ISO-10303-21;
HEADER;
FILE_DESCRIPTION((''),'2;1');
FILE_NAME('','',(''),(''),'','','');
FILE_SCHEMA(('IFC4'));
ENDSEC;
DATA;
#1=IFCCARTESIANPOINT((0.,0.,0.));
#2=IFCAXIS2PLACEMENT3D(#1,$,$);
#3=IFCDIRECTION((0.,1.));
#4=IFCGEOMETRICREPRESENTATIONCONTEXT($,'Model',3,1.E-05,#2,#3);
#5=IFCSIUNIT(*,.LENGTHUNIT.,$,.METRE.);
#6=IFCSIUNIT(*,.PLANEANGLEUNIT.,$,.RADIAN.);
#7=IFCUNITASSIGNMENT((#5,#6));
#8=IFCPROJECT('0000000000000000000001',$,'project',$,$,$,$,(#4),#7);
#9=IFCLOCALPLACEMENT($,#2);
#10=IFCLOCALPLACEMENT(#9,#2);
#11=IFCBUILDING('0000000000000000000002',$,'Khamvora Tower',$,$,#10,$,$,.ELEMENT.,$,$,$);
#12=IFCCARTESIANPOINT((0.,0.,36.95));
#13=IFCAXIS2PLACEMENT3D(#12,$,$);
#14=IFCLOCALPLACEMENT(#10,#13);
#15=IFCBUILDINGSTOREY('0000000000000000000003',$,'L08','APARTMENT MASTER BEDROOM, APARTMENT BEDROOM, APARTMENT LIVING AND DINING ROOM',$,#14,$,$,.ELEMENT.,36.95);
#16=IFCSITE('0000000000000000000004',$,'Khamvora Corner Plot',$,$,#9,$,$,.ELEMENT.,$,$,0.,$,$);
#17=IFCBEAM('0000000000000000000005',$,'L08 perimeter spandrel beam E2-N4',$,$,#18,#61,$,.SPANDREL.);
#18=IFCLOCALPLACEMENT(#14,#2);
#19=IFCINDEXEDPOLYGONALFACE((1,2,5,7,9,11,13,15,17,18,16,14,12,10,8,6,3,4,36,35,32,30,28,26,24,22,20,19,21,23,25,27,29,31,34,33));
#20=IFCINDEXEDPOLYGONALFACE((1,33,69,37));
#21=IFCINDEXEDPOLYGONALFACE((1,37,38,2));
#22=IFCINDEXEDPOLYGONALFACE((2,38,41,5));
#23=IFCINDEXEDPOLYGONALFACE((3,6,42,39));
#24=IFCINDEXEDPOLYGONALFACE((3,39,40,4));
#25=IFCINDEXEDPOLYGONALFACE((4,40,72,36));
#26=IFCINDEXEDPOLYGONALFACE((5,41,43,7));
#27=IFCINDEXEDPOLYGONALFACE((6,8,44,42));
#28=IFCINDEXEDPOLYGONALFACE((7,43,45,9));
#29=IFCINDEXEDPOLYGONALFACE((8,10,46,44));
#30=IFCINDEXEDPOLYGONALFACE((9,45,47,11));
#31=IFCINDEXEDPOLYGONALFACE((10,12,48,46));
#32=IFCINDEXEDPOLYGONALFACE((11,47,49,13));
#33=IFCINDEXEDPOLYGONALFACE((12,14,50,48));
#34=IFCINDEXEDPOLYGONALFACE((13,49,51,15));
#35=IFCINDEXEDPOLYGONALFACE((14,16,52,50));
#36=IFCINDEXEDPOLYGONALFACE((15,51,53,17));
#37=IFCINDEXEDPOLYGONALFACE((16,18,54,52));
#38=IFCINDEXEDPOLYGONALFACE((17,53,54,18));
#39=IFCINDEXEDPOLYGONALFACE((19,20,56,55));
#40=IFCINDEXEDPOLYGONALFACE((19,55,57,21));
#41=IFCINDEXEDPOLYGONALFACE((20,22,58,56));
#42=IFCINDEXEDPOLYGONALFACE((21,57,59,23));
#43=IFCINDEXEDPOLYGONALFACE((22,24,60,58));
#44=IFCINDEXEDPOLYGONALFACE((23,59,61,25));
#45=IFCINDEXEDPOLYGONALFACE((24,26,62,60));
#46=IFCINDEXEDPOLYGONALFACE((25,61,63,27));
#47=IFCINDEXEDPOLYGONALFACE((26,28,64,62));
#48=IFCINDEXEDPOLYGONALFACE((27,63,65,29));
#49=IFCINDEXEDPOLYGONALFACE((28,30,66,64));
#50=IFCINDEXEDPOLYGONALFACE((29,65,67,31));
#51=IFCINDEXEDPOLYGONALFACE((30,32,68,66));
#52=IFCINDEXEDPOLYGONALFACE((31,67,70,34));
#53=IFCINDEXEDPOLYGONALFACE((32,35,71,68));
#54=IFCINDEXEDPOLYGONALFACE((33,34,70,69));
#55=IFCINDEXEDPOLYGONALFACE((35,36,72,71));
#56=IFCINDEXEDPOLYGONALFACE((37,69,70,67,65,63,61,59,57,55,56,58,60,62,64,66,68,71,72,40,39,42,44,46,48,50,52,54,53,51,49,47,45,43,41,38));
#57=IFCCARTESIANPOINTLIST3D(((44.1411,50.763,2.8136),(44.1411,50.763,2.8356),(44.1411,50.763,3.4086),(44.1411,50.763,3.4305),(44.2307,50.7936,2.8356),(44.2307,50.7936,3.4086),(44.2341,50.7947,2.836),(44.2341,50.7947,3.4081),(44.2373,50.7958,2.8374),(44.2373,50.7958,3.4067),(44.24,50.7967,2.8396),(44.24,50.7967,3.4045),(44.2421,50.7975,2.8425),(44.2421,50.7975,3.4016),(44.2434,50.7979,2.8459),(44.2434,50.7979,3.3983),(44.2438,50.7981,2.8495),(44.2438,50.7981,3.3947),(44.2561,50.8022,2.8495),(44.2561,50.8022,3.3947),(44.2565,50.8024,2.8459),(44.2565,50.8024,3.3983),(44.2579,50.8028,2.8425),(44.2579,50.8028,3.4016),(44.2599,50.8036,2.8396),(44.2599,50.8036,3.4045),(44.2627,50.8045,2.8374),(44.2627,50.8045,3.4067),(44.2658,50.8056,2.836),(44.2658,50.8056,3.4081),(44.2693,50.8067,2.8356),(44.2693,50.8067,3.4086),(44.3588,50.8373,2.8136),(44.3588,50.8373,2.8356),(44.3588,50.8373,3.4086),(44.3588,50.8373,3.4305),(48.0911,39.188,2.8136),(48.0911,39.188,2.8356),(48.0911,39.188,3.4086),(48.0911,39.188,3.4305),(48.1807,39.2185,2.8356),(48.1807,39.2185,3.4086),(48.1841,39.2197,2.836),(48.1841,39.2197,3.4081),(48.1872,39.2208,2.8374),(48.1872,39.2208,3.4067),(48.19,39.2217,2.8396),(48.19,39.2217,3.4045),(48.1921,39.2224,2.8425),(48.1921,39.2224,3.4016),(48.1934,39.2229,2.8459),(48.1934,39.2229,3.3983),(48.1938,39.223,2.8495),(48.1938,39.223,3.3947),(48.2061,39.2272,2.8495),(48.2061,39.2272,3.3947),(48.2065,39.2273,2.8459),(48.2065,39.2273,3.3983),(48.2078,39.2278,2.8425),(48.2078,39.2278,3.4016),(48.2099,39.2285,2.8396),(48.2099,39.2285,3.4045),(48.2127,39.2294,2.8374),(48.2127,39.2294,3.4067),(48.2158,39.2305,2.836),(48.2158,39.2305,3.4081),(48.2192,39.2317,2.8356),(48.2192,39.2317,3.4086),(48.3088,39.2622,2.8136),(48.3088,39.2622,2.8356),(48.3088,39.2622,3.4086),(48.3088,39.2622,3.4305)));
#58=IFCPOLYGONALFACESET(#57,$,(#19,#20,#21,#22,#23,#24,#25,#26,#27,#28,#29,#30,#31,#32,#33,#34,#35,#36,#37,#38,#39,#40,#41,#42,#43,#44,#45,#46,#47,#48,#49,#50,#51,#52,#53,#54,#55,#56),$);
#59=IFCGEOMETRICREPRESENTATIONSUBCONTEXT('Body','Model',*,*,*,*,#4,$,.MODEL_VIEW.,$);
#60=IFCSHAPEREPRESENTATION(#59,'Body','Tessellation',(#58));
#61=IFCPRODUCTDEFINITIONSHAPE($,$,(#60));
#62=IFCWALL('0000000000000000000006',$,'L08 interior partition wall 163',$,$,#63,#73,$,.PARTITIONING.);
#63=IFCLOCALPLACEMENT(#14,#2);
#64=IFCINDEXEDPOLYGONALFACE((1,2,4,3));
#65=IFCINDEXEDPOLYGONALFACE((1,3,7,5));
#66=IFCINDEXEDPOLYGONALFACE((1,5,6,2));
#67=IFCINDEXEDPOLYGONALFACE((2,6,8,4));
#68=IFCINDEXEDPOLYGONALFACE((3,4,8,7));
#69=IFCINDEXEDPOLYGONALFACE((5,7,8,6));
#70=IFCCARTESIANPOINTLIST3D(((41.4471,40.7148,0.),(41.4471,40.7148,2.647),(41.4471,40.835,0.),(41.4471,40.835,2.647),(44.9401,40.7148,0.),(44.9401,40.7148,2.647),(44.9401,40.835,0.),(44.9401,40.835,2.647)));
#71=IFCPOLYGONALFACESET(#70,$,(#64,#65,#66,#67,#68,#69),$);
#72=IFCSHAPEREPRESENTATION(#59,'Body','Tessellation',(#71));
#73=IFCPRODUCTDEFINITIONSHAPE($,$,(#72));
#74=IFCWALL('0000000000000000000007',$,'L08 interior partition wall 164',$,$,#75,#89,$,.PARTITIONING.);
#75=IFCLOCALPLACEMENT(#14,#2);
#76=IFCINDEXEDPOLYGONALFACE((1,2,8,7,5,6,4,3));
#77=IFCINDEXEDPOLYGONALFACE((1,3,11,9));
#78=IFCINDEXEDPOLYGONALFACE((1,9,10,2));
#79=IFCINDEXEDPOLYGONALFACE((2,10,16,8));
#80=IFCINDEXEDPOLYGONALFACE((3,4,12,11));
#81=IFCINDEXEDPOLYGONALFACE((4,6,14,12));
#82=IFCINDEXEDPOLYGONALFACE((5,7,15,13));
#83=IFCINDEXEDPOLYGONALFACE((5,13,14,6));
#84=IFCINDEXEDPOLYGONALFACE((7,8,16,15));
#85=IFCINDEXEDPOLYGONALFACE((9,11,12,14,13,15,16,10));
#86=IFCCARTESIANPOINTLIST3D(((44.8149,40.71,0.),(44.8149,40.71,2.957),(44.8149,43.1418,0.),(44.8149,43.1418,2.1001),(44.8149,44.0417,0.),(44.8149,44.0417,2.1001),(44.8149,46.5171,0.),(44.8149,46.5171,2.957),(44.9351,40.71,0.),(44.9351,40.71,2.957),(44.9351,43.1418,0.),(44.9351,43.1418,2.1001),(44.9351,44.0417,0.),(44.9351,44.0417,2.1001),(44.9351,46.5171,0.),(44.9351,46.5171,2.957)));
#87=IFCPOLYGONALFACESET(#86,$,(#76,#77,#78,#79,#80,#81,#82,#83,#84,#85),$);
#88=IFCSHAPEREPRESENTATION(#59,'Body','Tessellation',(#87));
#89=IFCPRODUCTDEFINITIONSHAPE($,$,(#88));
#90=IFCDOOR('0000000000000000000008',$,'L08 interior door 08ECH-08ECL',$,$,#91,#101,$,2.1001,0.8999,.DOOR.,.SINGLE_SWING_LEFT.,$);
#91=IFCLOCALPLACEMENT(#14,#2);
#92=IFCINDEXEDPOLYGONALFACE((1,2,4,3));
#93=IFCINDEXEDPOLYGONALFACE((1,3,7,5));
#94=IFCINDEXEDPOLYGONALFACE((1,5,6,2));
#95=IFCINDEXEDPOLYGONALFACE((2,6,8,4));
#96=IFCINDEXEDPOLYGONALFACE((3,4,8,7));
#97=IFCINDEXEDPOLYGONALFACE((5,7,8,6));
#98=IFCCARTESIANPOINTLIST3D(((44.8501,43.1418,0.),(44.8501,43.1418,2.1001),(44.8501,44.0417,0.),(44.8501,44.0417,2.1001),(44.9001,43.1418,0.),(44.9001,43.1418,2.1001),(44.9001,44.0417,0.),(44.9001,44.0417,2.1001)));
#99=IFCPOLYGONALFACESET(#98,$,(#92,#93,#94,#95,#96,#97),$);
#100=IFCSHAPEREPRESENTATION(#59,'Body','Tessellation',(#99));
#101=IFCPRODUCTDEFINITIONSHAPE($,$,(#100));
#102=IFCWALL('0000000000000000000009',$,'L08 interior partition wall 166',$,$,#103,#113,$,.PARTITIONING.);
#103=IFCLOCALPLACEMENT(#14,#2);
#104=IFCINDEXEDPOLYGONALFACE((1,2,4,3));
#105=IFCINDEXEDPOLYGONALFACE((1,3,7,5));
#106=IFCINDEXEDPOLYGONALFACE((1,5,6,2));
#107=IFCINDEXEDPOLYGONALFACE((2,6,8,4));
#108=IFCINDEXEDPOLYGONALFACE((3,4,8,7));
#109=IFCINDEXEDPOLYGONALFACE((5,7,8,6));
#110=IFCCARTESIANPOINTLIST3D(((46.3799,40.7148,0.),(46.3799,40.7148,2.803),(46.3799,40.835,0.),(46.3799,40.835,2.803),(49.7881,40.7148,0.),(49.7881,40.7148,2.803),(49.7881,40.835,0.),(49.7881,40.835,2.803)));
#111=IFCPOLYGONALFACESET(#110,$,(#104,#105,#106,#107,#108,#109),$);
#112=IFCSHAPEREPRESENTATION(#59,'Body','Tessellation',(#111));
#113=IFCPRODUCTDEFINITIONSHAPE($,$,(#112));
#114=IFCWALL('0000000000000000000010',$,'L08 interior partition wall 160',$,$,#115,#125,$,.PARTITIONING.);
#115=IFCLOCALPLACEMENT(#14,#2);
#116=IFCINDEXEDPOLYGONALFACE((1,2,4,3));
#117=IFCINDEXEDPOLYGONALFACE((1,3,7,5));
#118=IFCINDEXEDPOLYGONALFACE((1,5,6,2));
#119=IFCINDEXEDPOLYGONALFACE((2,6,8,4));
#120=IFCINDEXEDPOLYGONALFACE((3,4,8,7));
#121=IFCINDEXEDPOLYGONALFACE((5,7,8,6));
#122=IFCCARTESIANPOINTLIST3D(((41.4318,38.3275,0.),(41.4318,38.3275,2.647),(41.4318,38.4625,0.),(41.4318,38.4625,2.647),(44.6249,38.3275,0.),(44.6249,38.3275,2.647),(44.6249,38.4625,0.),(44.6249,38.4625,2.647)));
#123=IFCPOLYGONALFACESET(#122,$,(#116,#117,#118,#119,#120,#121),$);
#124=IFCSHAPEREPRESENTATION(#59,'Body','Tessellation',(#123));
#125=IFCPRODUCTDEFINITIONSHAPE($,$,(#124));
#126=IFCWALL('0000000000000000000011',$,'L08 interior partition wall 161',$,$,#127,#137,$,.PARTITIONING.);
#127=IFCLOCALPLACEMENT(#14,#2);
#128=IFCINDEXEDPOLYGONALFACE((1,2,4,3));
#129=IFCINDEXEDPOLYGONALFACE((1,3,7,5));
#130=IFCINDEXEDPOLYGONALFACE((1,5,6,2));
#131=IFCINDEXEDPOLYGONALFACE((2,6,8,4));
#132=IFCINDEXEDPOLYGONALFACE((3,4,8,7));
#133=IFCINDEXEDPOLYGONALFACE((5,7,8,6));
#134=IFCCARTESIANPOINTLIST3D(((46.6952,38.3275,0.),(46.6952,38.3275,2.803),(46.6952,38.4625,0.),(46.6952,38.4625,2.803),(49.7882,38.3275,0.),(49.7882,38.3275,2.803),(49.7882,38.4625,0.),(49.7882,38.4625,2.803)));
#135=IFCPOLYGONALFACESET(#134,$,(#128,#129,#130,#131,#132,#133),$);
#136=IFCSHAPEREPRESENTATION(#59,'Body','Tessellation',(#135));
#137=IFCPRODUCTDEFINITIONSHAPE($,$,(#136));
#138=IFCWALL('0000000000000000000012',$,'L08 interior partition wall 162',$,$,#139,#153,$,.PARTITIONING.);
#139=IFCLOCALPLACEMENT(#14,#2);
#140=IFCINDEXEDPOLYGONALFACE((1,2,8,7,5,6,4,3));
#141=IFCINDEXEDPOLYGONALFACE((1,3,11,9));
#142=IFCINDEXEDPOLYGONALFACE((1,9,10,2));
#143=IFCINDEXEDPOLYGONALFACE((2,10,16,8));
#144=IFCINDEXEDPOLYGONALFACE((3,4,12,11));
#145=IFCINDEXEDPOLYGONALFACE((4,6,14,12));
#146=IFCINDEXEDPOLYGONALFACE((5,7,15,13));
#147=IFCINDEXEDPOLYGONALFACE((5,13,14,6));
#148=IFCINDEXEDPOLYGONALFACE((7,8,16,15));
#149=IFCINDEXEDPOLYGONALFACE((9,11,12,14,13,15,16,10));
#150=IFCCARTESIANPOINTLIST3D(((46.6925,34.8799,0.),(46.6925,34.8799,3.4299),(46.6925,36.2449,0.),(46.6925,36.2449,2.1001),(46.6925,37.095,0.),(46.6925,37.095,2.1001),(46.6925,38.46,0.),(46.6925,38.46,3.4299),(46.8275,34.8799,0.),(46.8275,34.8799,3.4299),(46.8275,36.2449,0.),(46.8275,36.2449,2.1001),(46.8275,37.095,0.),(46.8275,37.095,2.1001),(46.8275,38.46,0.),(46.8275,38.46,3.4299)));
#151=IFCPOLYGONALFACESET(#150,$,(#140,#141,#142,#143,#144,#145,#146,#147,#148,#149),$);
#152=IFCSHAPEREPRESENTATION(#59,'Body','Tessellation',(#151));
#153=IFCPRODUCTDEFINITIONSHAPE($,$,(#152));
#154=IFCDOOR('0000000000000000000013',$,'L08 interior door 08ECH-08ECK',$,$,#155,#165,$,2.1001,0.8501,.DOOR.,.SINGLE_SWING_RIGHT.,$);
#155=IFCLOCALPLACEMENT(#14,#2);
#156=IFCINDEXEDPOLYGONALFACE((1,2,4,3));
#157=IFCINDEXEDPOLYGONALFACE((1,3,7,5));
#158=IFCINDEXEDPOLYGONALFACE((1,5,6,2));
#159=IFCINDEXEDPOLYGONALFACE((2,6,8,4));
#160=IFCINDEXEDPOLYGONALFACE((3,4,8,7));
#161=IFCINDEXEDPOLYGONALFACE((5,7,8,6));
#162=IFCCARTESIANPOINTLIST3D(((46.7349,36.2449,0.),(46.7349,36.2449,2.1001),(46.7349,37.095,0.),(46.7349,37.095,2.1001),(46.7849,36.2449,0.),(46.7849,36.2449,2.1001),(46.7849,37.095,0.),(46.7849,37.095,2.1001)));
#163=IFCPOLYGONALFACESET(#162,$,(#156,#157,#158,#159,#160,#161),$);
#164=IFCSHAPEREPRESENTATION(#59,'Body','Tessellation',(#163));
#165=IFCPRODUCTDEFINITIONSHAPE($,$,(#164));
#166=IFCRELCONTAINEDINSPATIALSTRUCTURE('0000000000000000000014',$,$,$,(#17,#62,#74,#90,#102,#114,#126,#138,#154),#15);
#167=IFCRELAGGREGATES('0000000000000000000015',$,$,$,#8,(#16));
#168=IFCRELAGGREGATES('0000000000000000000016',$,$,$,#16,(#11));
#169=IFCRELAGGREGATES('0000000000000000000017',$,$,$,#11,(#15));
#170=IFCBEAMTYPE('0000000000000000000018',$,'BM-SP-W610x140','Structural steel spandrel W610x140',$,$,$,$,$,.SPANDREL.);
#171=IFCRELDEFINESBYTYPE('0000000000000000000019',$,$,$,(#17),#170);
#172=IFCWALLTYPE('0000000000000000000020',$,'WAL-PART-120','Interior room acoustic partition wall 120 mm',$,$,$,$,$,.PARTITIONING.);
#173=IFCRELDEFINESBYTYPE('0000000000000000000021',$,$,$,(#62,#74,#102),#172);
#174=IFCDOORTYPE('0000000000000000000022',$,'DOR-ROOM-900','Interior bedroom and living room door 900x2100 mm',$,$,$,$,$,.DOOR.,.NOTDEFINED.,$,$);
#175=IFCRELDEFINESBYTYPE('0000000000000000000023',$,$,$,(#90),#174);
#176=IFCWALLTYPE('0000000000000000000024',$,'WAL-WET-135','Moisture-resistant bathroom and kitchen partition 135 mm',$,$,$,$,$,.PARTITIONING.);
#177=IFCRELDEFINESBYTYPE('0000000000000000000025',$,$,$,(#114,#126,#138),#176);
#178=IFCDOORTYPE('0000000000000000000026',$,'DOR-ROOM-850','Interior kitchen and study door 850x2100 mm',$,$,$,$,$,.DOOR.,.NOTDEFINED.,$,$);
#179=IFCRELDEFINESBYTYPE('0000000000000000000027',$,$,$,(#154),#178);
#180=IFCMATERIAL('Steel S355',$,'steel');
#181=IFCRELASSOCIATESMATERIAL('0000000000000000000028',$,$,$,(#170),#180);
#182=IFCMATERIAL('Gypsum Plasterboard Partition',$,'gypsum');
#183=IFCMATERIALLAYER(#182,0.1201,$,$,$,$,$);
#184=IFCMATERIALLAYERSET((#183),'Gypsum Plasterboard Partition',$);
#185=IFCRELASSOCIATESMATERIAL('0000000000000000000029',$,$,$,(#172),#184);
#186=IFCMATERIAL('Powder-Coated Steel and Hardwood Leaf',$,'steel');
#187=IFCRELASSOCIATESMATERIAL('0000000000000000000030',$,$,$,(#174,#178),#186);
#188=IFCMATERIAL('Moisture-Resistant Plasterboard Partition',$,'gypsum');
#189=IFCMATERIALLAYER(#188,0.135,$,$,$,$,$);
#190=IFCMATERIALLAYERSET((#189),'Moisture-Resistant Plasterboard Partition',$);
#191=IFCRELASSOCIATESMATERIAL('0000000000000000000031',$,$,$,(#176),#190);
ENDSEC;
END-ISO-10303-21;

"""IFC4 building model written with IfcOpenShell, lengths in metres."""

from ifc_helpers import new_model, si_unit, direction, frame, frame_2d, origin, origin_2d, place, context, subcontext, project, spatial, rectangle, i_section, extrude, material, layer, layer_set, material_profile, profile_set, type_object, element, fill, save


model = new_model("IFC4")

# Units and contexts
model_context = context("Model", 3, precision=1e-05, world=origin(), true_north=direction((0.0, 1.0)))
body_context = subcontext(model_context, "Body", "Model", "MODEL_VIEW")
ifc_project = project(units=[si_unit("LENGTHUNIT", "METRE"), si_unit("PLANEANGLEUNIT", "RADIAN")], contexts=[model_context])

# Site, building, storey
site_placement = place(None, origin())
site = spatial("IfcSite", under=ifc_project, at=site_placement, Name="Khamvora Corner Plot", CompositionType="ELEMENT", RefElevation=0.0)
building_placement = place(site_placement, origin())
building = spatial("IfcBuilding", under=site, at=building_placement, Name="Khamvora Tower", CompositionType="ELEMENT")
storey_placement = place(building_placement, frame((0.0, 0.0, 36.95)))
storey = spatial("IfcBuildingStorey", under=building, at=storey_placement, Name="L08", Description="APARTMENT MASTER BEDROOM, APARTMENT BEDROOM, APARTMENT LIVING AND DINING ROOM", CompositionType="ELEMENT", Elevation=36.95)

# Beam
ifc_material_1 = material(Name="Steel S355", Category="steel")
ifc_material_profile_1 = material_profile(ifc_material_1, i_section(OverallWidth=0.23, OverallDepth=0.6169, WebThickness=0.0129, FlangeThickness=0.022, FilletRadius=0.0139, at=origin_2d()), Name="W610x140")
ifc_profile_set_1 = profile_set([ifc_material_profile_1], Name="Steel S355")
beam_type_1 = type_object("IfcBeamType", Name="BM-SP-W610x140", Description="Structural steel spandrel W610x140", PredefinedType="SPANDREL", material=ifc_profile_set_1)
beam_1_placement = place(storey_placement, frame((48.2, 39.2251, 3.1221), z_axis=(-0.322963, 0.946412, 0.0), x_axis=(-0.946412, -0.322963, 0.0)))
element("IfcBeam", 1, at=beam_1_placement, inside=storey, type_object=beam_type_1, Name="L08 perimeter spandrel beam E2-N4", PredefinedType="SPANDREL", context=body_context, shape_type="SweptSolid", body=[
    extrude(i_section(OverallWidth=0.23, OverallDepth=0.6169, WebThickness=0.0129, FlangeThickness=0.022, FilletRadius=0.0139, at=origin_2d()), origin(), (0.0, 0.0, 1.0), 12.2305),
])

# Wall
ifc_material_2 = material(Name="Gypsum Plasterboard Partition", Category="gypsum")
ifc_layer_1 = layer(ifc_material_2, 0.1201)
ifc_layer_set_1 = layer_set([ifc_layer_1], Name="Gypsum Plasterboard Partition")
wall_type_1 = type_object("IfcWallType", Name="WAL-PART-120", Description="Interior room acoustic partition wall 120 mm", PredefinedType="PARTITIONING", material=ifc_layer_set_1)
wall_1_placement = place(storey_placement, frame((41.447, 40.7749, 0.0), z_axis=(0.0, 0.0, 1.0), x_axis=(1.0, 0.0, 0.0)))
element("IfcWall", 2, at=wall_1_placement, inside=storey, type_object=wall_type_1, Name="L08 interior partition wall 163", PredefinedType="PARTITIONING", context=body_context, shape_type="SweptSolid", body=[
    extrude(rectangle(XDim=3.4929, YDim=0.1201, at=frame_2d((1.7466, 0.0))), origin(), (0.0, 0.0, 1.0), 2.647),
])

# Wall, opening, door
wall_2_placement = place(storey_placement, frame((44.875, 40.71, 0.0), z_axis=(0.0, 0.0, 1.0), x_axis=(0.0, 1.0, 0.0)))
wall_2 = element("IfcWall", 3, at=wall_2_placement, inside=storey, type_object=wall_type_1, Name="L08 interior partition wall 164", PredefinedType="PARTITIONING", context=body_context, shape_type="SweptSolid", body=[
    extrude(rectangle(XDim=5.8071, YDim=0.1201, at=frame_2d((2.9036, 0.0))), origin(), (0.0, 0.0, 1.0), 2.957),
])
opening_1_placement = place(wall_2_placement, frame((2.4319, 0.0, 0.0)))
opening_1 = element("IfcOpeningElement", 4, at=opening_1_placement, cuts=wall_2, PredefinedType="OPENING", context=body_context, shape_type="SweptSolid", body=[
    extrude(rectangle(XDim=0.8999, YDim=2.1001, at=frame_2d((0.45, 1.05))), frame((0.0, 0.0701, 0.0), z_axis=(0.0, -1.0, 0.0), x_axis=(1.0, 0.0, 0.0)), (0.0, 0.0, 1.0), 0.1401),
])
ifc_material_3 = material(Name="Powder-Coated Steel and Hardwood Leaf", Category="steel")
door_type_1 = type_object("IfcDoorType", Name="DOR-ROOM-900", Description="Interior bedroom and living room door 900x2100 mm", OperationType="NOTDEFINED", PredefinedType="DOOR", material=ifc_material_3)
door_1_placement = place(opening_1_placement, origin())
door_1 = element("IfcDoor", 5, at=door_1_placement, inside=storey, type_object=door_type_1, Name="L08 interior door 08ECH-08ECL", OperationType="SINGLE_SWING_LEFT", OverallHeight=2.1001, OverallWidth=0.8999, PredefinedType="DOOR", context=body_context, shape_type="SweptSolid", body=[
    extrude(rectangle(XDim=0.8999, YDim=2.1001, at=frame_2d((0.45, 1.05))), frame((0.0, 0.0249, 0.0), z_axis=(0.0, -1.0, 0.0), x_axis=(1.0, 0.0, 0.0)), (0.0, 0.0, 1.0), 0.05),
])
fill(opening_1, door_1)

# Walls
wall_3_placement = place(storey_placement, frame((46.3799, 40.7749, 0.0), z_axis=(0.0, 0.0, 1.0), x_axis=(1.0, 0.0, 0.0)))
element("IfcWall", 6, at=wall_3_placement, inside=storey, type_object=wall_type_1, Name="L08 interior partition wall 166", PredefinedType="PARTITIONING", context=body_context, shape_type="SweptSolid", body=[
    extrude(rectangle(XDim=3.4082, YDim=0.1201, at=frame_2d((1.7041, 0.0))), origin(), (0.0, 0.0, 1.0), 2.803),
])
ifc_material_4 = material(Name="Moisture-Resistant Plasterboard Partition", Category="gypsum")
ifc_layer_2 = layer(ifc_material_4, 0.135)
ifc_layer_set_2 = layer_set([ifc_layer_2], Name="Moisture-Resistant Plasterboard Partition")
wall_type_2 = type_object("IfcWallType", Name="WAL-WET-135", Description="Moisture-resistant bathroom and kitchen partition 135 mm", PredefinedType="PARTITIONING", material=ifc_layer_set_2)
wall_4_placement = place(storey_placement, frame((44.625, 38.395, 0.0), z_axis=(0.0, 0.0, 1.0), x_axis=(-1.0, 0.0, 0.0)))
element("IfcWall", 7, at=wall_4_placement, inside=storey, type_object=wall_type_2, Name="L08 interior partition wall 160", PredefinedType="PARTITIONING", context=body_context, shape_type="SweptSolid", body=[
    extrude(rectangle(XDim=3.1931, YDim=0.135, at=frame_2d((1.5967, 0.0))), origin(), (0.0, 0.0, 1.0), 2.647),
])
wall_5_placement = place(storey_placement, frame((49.7881, 38.395, 0.0), z_axis=(0.0, 0.0, 1.0), x_axis=(-1.0, 0.0, 0.0)))
element("IfcWall", 8, at=wall_5_placement, inside=storey, type_object=wall_type_2, Name="L08 interior partition wall 161", PredefinedType="PARTITIONING", context=body_context, shape_type="SweptSolid", body=[
    extrude(rectangle(XDim=3.093, YDim=0.135, at=frame_2d((1.5464, 0.0))), origin(), (0.0, 0.0, 1.0), 2.803),
])

# Wall, opening, door
wall_6_placement = place(storey_placement, frame((46.76, 38.46, 0.0), z_axis=(0.0, 0.0, 1.0), x_axis=(0.0, -1.0, 0.0)))
wall_6 = element("IfcWall", 9, at=wall_6_placement, inside=storey, type_object=wall_type_2, Name="L08 interior partition wall 162", PredefinedType="PARTITIONING", context=body_context, shape_type="SweptSolid", body=[
    extrude(rectangle(XDim=3.5801, YDim=0.135, at=frame_2d((1.79, 0.0))), origin(), (0.0, 0.0, 1.0), 3.4299),
])
opening_2_placement = place(wall_6_placement, frame((1.365, 0.0, 0.0)))
opening_2 = element("IfcOpeningElement", 10, at=opening_2_placement, cuts=wall_6, PredefinedType="OPENING", context=body_context, shape_type="SweptSolid", body=[
    extrude(rectangle(XDim=0.8501, YDim=2.1001, at=frame_2d((0.425, 1.05))), frame((0.0, 0.0774, 0.0), z_axis=(0.0, -1.0, 0.0), x_axis=(1.0, 0.0, 0.0)), (0.0, 0.0, 1.0), 0.155),
])
door_type_2 = type_object("IfcDoorType", Name="DOR-ROOM-850", Description="Interior kitchen and study door 850x2100 mm", OperationType="NOTDEFINED", PredefinedType="DOOR", material=ifc_material_3)
door_2_placement = place(opening_2_placement, origin())
door_2 = element("IfcDoor", 11, at=door_2_placement, inside=storey, type_object=door_type_2, Name="L08 interior door 08ECH-08ECK", OperationType="SINGLE_SWING_RIGHT", OverallHeight=2.1001, OverallWidth=0.8501, PredefinedType="DOOR", context=body_context, shape_type="SweptSolid", body=[
    extrude(rectangle(XDim=0.8501, YDim=2.1001, at=frame_2d((0.425, 1.05))), frame((0.0, 0.0249, 0.0), z_axis=(0.0, -1.0, 0.0), x_axis=(1.0, 0.0, 0.0)), (0.0, 0.0, 1.0), 0.05),
])
fill(opening_2, door_2)

save(model, "model.ifc")
